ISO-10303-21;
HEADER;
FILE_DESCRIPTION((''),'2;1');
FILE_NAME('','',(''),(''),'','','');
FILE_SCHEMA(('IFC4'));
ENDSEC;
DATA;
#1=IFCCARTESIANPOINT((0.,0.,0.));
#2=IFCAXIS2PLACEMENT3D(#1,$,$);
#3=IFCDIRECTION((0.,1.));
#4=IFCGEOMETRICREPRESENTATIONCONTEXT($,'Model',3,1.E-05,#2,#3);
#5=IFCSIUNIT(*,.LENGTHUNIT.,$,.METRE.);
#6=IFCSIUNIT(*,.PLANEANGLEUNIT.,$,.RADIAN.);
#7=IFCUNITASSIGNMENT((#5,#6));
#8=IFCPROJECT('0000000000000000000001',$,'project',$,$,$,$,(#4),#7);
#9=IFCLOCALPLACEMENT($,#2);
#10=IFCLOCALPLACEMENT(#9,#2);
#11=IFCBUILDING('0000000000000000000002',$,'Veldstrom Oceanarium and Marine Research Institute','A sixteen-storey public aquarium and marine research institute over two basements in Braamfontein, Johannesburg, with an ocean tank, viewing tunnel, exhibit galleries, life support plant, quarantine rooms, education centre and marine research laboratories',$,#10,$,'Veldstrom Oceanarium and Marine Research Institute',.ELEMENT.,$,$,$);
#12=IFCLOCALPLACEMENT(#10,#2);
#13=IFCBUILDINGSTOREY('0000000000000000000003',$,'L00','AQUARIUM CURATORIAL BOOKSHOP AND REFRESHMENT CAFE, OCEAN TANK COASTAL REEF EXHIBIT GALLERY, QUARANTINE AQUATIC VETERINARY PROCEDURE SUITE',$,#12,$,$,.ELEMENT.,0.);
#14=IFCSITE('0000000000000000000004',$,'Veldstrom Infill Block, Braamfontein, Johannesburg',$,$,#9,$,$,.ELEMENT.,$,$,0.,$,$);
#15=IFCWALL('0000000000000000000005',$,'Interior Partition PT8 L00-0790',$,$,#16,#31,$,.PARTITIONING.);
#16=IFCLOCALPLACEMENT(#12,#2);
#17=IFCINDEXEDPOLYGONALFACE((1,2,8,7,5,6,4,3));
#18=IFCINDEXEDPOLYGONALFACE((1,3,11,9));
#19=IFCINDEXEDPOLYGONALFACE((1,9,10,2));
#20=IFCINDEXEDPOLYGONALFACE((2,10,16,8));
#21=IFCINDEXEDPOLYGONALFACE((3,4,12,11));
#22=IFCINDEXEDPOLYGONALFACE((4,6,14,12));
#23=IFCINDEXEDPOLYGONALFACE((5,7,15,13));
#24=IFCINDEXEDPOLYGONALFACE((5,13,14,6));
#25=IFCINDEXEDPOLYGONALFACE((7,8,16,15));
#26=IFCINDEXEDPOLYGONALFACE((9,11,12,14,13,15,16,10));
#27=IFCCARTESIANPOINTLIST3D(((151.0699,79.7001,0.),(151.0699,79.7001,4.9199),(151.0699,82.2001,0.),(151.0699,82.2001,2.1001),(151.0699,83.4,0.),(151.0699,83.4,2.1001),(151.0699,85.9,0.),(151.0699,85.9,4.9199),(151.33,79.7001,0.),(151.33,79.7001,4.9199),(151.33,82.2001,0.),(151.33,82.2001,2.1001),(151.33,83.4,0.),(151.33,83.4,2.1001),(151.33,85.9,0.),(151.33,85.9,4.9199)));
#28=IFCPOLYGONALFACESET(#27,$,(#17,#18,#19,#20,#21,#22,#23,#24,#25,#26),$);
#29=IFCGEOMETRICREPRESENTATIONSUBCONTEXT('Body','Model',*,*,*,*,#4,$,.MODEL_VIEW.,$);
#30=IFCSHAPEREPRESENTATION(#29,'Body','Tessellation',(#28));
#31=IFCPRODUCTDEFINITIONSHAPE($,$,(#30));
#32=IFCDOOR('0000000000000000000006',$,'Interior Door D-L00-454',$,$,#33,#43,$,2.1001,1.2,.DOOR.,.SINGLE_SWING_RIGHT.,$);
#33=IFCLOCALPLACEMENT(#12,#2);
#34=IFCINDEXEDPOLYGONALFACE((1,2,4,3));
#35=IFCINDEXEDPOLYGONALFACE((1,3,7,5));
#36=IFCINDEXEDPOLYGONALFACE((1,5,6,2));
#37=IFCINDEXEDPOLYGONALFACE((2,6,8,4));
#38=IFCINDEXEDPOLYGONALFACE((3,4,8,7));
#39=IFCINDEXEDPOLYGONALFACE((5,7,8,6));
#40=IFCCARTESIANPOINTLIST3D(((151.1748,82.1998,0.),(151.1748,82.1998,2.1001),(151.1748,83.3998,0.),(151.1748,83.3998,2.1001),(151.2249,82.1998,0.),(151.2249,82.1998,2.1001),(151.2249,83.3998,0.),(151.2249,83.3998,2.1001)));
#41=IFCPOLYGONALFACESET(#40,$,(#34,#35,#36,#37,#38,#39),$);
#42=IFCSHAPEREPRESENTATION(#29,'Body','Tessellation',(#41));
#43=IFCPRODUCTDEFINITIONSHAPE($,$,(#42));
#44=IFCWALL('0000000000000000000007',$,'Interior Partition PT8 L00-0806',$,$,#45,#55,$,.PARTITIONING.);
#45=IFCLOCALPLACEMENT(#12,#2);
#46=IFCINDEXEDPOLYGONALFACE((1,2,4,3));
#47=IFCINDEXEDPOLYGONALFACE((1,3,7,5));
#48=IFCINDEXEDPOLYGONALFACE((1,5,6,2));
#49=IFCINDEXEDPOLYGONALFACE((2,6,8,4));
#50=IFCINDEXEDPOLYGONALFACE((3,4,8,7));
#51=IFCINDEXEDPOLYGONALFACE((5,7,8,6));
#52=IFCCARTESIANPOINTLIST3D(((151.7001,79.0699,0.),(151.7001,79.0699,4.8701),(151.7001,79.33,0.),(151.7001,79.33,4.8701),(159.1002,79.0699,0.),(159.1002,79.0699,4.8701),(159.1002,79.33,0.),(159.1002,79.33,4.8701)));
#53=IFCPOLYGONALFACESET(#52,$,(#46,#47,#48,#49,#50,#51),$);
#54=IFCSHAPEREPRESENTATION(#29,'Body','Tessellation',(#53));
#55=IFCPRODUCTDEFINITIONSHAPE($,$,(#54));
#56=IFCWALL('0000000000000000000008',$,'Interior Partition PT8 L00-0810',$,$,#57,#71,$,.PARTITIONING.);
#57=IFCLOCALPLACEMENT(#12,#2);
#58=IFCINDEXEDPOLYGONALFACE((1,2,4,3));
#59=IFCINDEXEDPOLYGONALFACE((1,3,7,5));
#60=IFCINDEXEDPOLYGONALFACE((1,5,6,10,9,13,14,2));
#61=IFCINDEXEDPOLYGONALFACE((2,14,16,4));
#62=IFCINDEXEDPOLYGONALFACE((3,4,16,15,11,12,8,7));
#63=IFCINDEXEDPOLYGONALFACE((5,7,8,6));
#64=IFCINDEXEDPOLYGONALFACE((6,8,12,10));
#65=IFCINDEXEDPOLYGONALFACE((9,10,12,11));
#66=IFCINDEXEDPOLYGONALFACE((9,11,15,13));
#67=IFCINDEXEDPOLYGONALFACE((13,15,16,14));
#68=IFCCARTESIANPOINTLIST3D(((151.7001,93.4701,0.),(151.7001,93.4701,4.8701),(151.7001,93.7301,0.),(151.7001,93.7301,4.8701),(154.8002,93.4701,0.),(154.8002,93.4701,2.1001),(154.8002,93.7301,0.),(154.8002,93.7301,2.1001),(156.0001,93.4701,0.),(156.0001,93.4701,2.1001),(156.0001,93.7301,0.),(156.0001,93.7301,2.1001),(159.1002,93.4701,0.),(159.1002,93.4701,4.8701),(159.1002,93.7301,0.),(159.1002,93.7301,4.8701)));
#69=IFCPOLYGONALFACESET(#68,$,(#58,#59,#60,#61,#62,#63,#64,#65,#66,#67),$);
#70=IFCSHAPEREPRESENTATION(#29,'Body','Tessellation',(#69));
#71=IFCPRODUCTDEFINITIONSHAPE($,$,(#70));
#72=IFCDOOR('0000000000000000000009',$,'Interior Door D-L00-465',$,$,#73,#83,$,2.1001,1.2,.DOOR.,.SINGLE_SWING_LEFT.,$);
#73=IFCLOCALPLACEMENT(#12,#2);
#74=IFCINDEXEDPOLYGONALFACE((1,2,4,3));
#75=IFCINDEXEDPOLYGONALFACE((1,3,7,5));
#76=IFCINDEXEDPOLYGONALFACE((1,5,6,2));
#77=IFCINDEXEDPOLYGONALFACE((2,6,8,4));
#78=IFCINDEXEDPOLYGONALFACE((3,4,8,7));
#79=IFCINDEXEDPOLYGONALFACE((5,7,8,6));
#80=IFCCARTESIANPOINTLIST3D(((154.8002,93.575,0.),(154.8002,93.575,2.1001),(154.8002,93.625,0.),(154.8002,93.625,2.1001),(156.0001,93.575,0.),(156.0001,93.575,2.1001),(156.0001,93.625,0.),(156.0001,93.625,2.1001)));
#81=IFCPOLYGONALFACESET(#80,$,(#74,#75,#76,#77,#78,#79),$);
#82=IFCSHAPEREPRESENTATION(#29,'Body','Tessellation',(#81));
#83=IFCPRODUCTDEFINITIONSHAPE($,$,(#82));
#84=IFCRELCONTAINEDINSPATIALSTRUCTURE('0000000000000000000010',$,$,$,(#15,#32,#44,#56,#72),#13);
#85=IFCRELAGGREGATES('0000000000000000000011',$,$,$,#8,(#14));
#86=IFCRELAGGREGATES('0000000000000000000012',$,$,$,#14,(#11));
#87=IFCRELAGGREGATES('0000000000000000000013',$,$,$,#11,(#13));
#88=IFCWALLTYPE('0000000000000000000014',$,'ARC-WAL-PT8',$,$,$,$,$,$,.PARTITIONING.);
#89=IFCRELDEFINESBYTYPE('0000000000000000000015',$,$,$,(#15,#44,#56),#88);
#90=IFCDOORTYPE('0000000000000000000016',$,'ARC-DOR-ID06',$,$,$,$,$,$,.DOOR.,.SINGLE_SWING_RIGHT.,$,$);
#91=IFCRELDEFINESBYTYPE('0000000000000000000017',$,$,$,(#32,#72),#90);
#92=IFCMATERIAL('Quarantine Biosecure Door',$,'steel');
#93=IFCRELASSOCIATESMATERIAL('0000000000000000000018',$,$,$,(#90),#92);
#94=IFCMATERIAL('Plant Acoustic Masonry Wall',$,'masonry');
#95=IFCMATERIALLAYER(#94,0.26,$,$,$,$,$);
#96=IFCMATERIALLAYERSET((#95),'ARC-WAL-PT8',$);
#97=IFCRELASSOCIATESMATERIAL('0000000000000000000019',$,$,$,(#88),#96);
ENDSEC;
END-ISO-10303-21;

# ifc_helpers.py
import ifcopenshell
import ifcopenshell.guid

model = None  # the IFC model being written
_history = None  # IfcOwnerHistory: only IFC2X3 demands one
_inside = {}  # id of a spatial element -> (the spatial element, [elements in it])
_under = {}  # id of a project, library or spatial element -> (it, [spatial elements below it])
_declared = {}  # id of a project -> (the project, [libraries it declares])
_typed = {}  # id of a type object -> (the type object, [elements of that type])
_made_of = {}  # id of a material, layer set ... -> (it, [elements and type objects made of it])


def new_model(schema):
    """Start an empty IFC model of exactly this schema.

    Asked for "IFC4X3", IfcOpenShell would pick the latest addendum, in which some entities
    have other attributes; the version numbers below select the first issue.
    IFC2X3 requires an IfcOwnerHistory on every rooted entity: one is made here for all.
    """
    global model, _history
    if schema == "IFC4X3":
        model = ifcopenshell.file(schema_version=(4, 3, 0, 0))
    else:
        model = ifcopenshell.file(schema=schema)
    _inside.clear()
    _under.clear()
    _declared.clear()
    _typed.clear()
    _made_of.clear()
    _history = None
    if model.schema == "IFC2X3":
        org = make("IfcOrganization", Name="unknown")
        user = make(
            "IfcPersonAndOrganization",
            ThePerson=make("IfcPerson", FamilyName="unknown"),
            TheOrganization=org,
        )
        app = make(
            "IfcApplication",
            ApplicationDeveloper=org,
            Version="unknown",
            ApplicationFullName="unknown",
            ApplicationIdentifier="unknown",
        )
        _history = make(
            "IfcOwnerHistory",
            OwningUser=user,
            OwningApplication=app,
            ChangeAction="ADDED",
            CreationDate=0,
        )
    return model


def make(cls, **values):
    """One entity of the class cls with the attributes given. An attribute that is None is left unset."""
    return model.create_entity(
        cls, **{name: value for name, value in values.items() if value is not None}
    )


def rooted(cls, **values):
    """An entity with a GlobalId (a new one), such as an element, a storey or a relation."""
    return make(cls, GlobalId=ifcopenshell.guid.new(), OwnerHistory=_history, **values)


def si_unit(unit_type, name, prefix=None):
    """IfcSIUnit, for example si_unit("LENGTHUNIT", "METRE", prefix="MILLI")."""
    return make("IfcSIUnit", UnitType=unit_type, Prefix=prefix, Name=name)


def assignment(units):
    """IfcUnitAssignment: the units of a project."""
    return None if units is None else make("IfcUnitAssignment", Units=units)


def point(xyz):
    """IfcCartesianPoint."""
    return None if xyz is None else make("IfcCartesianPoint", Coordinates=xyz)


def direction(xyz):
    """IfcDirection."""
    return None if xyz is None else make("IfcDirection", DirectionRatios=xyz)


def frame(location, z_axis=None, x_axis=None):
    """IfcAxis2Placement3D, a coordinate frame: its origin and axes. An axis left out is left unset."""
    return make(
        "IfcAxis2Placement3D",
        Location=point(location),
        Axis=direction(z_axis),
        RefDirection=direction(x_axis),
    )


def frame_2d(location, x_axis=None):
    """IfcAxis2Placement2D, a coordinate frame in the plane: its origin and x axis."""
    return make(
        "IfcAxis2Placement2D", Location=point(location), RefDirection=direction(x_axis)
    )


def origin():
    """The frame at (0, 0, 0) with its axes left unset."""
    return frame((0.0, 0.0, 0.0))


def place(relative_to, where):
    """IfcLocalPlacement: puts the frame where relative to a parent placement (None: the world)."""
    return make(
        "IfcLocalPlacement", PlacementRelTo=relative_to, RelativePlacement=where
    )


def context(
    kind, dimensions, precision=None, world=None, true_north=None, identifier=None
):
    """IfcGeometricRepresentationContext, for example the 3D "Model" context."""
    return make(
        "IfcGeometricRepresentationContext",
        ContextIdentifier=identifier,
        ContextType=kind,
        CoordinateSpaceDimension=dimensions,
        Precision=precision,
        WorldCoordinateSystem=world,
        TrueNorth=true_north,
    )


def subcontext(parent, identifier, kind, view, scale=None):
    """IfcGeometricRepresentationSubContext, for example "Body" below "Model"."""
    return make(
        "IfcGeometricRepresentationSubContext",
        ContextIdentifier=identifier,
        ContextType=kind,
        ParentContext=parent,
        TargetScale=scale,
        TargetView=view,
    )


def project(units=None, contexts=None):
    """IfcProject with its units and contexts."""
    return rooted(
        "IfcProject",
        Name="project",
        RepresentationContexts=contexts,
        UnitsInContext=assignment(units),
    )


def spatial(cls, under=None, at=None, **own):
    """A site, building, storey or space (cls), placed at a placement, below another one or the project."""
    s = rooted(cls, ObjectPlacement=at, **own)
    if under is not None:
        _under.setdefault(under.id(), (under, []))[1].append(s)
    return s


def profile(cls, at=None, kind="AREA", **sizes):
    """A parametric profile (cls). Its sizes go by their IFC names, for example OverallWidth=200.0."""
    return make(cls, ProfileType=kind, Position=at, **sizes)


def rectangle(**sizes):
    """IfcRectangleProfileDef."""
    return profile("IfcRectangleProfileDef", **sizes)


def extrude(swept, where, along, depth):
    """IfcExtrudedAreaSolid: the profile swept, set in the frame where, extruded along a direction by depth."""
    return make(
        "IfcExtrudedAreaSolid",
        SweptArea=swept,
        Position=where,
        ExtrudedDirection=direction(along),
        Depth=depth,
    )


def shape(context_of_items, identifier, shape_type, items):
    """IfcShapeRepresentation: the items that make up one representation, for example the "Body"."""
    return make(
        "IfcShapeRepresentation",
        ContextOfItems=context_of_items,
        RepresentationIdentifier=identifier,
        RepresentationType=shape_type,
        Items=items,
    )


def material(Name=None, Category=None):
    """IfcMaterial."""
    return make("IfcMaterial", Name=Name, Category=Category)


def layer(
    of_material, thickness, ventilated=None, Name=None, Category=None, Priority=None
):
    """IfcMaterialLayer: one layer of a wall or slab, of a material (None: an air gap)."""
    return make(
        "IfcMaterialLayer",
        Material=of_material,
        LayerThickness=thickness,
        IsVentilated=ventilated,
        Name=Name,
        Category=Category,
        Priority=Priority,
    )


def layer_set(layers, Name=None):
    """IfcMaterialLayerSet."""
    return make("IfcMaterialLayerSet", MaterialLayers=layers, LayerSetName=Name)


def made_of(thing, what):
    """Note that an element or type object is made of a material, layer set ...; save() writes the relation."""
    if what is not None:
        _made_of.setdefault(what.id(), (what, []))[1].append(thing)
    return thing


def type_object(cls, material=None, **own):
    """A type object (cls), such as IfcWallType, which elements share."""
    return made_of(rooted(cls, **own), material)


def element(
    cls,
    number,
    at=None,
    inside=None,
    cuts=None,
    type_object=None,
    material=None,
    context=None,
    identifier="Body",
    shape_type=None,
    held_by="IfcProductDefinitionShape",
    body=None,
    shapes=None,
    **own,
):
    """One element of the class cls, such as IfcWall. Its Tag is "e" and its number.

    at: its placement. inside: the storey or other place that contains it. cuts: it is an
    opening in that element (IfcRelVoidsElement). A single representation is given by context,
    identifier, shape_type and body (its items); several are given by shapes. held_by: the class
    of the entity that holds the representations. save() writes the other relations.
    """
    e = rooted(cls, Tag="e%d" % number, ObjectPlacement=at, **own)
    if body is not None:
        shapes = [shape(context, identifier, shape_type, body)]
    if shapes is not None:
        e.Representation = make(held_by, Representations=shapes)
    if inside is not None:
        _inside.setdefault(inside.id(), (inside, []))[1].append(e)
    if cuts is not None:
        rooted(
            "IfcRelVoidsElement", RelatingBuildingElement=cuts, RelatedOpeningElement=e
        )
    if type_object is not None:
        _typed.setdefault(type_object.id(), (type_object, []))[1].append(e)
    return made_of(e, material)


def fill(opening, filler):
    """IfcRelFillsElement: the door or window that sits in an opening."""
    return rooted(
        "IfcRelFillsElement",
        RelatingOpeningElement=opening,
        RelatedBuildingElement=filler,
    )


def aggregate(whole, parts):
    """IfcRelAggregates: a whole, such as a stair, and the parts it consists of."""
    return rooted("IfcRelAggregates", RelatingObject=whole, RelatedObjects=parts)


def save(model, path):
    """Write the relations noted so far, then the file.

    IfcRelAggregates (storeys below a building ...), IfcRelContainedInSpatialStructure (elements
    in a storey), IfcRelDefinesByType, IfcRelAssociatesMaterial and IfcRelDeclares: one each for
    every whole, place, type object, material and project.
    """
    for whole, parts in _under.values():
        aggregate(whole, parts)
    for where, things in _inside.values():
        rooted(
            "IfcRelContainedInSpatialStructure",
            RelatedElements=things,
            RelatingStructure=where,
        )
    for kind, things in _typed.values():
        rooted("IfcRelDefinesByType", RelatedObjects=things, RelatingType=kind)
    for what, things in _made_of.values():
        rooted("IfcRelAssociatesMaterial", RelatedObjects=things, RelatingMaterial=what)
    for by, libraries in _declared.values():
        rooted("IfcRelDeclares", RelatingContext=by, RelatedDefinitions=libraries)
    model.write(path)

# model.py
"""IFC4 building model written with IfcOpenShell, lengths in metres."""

from ifc_helpers import new_model, si_unit, direction, frame, frame_2d, origin, place, context, subcontext, project, spatial, rectangle, extrude, material, layer, layer_set, type_object, element, fill, save


model = new_model("IFC4")

# Units and contexts
model_context = context("Model", 3, precision=1e-05, world=origin(), true_north=direction((0.0, 1.0)))
body_context = subcontext(model_context, "Body", "Model", "MODEL_VIEW")
ifc_project = project(units=[si_unit("LENGTHUNIT", "METRE"), si_unit("PLANEANGLEUNIT", "RADIAN")], contexts=[model_context])

# Site, building, storey
site_placement = place(None, origin())
site = spatial("IfcSite", under=ifc_project, at=site_placement, Name="Veldstrom Infill Block, Braamfontein, Johannesburg", CompositionType="ELEMENT", RefElevation=0.0)
building_placement = place(site_placement, origin())
building = spatial("IfcBuilding", under=site, at=building_placement, Name="Veldstrom Oceanarium and Marine Research Institute", Description="A sixteen-storey public aquarium and marine research institute over two basements in Braamfontein, Johannesburg, with an ocean tank, viewing tunnel, exhibit galleries, life support plant, quarantine rooms, education centre and marine research laboratories", LongName="Veldstrom Oceanarium and Marine Research Institute", CompositionType="ELEMENT")
storey_placement = place(building_placement, origin())
storey = spatial("IfcBuildingStorey", under=building, at=storey_placement, Name="L00", Description="AQUARIUM CURATORIAL BOOKSHOP AND REFRESHMENT CAFE, OCEAN TANK COASTAL REEF EXHIBIT GALLERY, QUARANTINE AQUATIC VETERINARY PROCEDURE SUITE", CompositionType="ELEMENT", Elevation=0.0)

# Wall, opening, door
ifc_material_1 = material(Name="Quarantine Biosecure Door", Category="steel")
door_type = type_object("IfcDoorType", Name="ARC-DOR-ID06", OperationType="SINGLE_SWING_RIGHT", PredefinedType="DOOR", material=ifc_material_1)
ifc_material_2 = material(Name="Plant Acoustic Masonry Wall", Category="masonry")
ifc_layer_1 = layer(ifc_material_2, 0.26)
ifc_layer_set_1 = layer_set([ifc_layer_1], Name="ARC-WAL-PT8")
wall_type_1 = type_object("IfcWallType", Name="ARC-WAL-PT8", PredefinedType="PARTITIONING", material=ifc_layer_set_1)
wall_1_placement = place(storey_placement, frame((151.2, 79.7, 0.0), z_axis=(0.0, 0.0, 1.0), x_axis=(0.0, 1.0, 0.0)))
wall_1 = element("IfcWall", 1, at=wall_1_placement, inside=storey, type_object=wall_type_1, Name="Interior Partition PT8 L00-0790", PredefinedType="PARTITIONING", context=body_context, shape_type="SweptSolid", body=[
    extrude(rectangle(XDim=6.2, YDim=0.26, at=frame_2d((3.1001, 0.0))), origin(), (0.0, 0.0, 1.0), 4.9199),
])
opening_1_placement = place(wall_1_placement, frame((2.5, 0.0, 0.0)))
opening_1 = element("IfcOpeningElement", 2, at=opening_1_placement, cuts=wall_1, PredefinedType="OPENING", context=body_context, shape_type="SweptSolid", body=[
    extrude(rectangle(XDim=1.2, YDim=2.1001, at=frame_2d((0.6001, 1.05))), frame((0.0, 0.1399, 0.0), z_axis=(0.0, -1.0, 0.0), x_axis=(1.0, 0.0, 0.0)), (0.0, 0.0, 1.0), 0.28),
])
door_1_placement = place(opening_1_placement, frame((1.2, 0.0, 0.0), z_axis=(0.0, 0.0, 1.0), x_axis=(-1.0, 0.0, 0.0)))
door_1 = element("IfcDoor", 3, at=door_1_placement, inside=storey, type_object=door_type, Name="Interior Door D-L00-454", OperationType="SINGLE_SWING_RIGHT", OverallHeight=2.1001, OverallWidth=1.2, PredefinedType="DOOR", context=body_context, shape_type="SweptSolid", body=[
    extrude(rectangle(XDim=1.2, YDim=2.1001, at=frame_2d((0.6001, 1.05))), frame((0.0, 0.0249, 0.0), z_axis=(0.0, -1.0, 0.0), x_axis=(1.0, 0.0, 0.0)), (0.0, 0.0, 1.0), 0.05),
])
fill(opening_1, door_1)

# Wall
wall_2_placement = place(storey_placement, frame((151.7, 79.2, 0.0), z_axis=(0.0, 0.0, 1.0), x_axis=(1.0, 0.0, 0.0)))
element("IfcWall", 4, at=wall_2_placement, inside=storey, type_object=wall_type_1, Name="Interior Partition PT8 L00-0806", PredefinedType="PARTITIONING", context=body_context, shape_type="SweptSolid", body=[
    extrude(rectangle(XDim=7.4001, YDim=0.26, at=frame_2d((3.7002, 0.0))), origin(), (0.0, 0.0, 1.0), 4.8701),
])

# Wall, opening, door
wall_3_placement = place(storey_placement, frame((151.7, 93.6001, 0.0), z_axis=(0.0, 0.0, 1.0), x_axis=(1.0, 0.0, 0.0)))
wall_3 = element("IfcWall", 5, at=wall_3_placement, inside=storey, type_object=wall_type_1, Name="Interior Partition PT8 L00-0810", PredefinedType="PARTITIONING", context=body_context, shape_type="SweptSolid", body=[
    extrude(rectangle(XDim=7.4001, YDim=0.26, at=frame_2d((3.7002, 0.0))), origin(), (0.0, 0.0, 1.0), 4.8701),
])
opening_2_placement = place(wall_3_placement, frame((3.1001, 0.0, 0.0)))
opening_2 = element("IfcOpeningElement", 6, at=opening_2_placement, cuts=wall_3, PredefinedType="OPENING", context=body_context, shape_type="SweptSolid", body=[
    extrude(rectangle(XDim=1.2, YDim=2.1001, at=frame_2d((0.6001, 1.05))), frame((0.0, 0.1399, 0.0), z_axis=(0.0, -1.0, 0.0), x_axis=(1.0, 0.0, 0.0)), (0.0, 0.0, 1.0), 0.28),
])
door_2_placement = place(opening_2_placement, origin())
door_2 = element("IfcDoor", 7, at=door_2_placement, inside=storey, type_object=door_type, Name="Interior Door D-L00-465", OperationType="SINGLE_SWING_LEFT", OverallHeight=2.1001, OverallWidth=1.2, PredefinedType="DOOR", context=body_context, shape_type="SweptSolid", body=[
    extrude(rectangle(XDim=1.2, YDim=2.1001, at=frame_2d((0.6001, 1.05))), frame((0.0, 0.0249, 0.0), z_axis=(0.0, -1.0, 0.0), x_axis=(1.0, 0.0, 0.0)), (0.0, 0.0, 1.0), 0.05),
])
fill(opening_2, door_2)

save(model, "model.ifc")
